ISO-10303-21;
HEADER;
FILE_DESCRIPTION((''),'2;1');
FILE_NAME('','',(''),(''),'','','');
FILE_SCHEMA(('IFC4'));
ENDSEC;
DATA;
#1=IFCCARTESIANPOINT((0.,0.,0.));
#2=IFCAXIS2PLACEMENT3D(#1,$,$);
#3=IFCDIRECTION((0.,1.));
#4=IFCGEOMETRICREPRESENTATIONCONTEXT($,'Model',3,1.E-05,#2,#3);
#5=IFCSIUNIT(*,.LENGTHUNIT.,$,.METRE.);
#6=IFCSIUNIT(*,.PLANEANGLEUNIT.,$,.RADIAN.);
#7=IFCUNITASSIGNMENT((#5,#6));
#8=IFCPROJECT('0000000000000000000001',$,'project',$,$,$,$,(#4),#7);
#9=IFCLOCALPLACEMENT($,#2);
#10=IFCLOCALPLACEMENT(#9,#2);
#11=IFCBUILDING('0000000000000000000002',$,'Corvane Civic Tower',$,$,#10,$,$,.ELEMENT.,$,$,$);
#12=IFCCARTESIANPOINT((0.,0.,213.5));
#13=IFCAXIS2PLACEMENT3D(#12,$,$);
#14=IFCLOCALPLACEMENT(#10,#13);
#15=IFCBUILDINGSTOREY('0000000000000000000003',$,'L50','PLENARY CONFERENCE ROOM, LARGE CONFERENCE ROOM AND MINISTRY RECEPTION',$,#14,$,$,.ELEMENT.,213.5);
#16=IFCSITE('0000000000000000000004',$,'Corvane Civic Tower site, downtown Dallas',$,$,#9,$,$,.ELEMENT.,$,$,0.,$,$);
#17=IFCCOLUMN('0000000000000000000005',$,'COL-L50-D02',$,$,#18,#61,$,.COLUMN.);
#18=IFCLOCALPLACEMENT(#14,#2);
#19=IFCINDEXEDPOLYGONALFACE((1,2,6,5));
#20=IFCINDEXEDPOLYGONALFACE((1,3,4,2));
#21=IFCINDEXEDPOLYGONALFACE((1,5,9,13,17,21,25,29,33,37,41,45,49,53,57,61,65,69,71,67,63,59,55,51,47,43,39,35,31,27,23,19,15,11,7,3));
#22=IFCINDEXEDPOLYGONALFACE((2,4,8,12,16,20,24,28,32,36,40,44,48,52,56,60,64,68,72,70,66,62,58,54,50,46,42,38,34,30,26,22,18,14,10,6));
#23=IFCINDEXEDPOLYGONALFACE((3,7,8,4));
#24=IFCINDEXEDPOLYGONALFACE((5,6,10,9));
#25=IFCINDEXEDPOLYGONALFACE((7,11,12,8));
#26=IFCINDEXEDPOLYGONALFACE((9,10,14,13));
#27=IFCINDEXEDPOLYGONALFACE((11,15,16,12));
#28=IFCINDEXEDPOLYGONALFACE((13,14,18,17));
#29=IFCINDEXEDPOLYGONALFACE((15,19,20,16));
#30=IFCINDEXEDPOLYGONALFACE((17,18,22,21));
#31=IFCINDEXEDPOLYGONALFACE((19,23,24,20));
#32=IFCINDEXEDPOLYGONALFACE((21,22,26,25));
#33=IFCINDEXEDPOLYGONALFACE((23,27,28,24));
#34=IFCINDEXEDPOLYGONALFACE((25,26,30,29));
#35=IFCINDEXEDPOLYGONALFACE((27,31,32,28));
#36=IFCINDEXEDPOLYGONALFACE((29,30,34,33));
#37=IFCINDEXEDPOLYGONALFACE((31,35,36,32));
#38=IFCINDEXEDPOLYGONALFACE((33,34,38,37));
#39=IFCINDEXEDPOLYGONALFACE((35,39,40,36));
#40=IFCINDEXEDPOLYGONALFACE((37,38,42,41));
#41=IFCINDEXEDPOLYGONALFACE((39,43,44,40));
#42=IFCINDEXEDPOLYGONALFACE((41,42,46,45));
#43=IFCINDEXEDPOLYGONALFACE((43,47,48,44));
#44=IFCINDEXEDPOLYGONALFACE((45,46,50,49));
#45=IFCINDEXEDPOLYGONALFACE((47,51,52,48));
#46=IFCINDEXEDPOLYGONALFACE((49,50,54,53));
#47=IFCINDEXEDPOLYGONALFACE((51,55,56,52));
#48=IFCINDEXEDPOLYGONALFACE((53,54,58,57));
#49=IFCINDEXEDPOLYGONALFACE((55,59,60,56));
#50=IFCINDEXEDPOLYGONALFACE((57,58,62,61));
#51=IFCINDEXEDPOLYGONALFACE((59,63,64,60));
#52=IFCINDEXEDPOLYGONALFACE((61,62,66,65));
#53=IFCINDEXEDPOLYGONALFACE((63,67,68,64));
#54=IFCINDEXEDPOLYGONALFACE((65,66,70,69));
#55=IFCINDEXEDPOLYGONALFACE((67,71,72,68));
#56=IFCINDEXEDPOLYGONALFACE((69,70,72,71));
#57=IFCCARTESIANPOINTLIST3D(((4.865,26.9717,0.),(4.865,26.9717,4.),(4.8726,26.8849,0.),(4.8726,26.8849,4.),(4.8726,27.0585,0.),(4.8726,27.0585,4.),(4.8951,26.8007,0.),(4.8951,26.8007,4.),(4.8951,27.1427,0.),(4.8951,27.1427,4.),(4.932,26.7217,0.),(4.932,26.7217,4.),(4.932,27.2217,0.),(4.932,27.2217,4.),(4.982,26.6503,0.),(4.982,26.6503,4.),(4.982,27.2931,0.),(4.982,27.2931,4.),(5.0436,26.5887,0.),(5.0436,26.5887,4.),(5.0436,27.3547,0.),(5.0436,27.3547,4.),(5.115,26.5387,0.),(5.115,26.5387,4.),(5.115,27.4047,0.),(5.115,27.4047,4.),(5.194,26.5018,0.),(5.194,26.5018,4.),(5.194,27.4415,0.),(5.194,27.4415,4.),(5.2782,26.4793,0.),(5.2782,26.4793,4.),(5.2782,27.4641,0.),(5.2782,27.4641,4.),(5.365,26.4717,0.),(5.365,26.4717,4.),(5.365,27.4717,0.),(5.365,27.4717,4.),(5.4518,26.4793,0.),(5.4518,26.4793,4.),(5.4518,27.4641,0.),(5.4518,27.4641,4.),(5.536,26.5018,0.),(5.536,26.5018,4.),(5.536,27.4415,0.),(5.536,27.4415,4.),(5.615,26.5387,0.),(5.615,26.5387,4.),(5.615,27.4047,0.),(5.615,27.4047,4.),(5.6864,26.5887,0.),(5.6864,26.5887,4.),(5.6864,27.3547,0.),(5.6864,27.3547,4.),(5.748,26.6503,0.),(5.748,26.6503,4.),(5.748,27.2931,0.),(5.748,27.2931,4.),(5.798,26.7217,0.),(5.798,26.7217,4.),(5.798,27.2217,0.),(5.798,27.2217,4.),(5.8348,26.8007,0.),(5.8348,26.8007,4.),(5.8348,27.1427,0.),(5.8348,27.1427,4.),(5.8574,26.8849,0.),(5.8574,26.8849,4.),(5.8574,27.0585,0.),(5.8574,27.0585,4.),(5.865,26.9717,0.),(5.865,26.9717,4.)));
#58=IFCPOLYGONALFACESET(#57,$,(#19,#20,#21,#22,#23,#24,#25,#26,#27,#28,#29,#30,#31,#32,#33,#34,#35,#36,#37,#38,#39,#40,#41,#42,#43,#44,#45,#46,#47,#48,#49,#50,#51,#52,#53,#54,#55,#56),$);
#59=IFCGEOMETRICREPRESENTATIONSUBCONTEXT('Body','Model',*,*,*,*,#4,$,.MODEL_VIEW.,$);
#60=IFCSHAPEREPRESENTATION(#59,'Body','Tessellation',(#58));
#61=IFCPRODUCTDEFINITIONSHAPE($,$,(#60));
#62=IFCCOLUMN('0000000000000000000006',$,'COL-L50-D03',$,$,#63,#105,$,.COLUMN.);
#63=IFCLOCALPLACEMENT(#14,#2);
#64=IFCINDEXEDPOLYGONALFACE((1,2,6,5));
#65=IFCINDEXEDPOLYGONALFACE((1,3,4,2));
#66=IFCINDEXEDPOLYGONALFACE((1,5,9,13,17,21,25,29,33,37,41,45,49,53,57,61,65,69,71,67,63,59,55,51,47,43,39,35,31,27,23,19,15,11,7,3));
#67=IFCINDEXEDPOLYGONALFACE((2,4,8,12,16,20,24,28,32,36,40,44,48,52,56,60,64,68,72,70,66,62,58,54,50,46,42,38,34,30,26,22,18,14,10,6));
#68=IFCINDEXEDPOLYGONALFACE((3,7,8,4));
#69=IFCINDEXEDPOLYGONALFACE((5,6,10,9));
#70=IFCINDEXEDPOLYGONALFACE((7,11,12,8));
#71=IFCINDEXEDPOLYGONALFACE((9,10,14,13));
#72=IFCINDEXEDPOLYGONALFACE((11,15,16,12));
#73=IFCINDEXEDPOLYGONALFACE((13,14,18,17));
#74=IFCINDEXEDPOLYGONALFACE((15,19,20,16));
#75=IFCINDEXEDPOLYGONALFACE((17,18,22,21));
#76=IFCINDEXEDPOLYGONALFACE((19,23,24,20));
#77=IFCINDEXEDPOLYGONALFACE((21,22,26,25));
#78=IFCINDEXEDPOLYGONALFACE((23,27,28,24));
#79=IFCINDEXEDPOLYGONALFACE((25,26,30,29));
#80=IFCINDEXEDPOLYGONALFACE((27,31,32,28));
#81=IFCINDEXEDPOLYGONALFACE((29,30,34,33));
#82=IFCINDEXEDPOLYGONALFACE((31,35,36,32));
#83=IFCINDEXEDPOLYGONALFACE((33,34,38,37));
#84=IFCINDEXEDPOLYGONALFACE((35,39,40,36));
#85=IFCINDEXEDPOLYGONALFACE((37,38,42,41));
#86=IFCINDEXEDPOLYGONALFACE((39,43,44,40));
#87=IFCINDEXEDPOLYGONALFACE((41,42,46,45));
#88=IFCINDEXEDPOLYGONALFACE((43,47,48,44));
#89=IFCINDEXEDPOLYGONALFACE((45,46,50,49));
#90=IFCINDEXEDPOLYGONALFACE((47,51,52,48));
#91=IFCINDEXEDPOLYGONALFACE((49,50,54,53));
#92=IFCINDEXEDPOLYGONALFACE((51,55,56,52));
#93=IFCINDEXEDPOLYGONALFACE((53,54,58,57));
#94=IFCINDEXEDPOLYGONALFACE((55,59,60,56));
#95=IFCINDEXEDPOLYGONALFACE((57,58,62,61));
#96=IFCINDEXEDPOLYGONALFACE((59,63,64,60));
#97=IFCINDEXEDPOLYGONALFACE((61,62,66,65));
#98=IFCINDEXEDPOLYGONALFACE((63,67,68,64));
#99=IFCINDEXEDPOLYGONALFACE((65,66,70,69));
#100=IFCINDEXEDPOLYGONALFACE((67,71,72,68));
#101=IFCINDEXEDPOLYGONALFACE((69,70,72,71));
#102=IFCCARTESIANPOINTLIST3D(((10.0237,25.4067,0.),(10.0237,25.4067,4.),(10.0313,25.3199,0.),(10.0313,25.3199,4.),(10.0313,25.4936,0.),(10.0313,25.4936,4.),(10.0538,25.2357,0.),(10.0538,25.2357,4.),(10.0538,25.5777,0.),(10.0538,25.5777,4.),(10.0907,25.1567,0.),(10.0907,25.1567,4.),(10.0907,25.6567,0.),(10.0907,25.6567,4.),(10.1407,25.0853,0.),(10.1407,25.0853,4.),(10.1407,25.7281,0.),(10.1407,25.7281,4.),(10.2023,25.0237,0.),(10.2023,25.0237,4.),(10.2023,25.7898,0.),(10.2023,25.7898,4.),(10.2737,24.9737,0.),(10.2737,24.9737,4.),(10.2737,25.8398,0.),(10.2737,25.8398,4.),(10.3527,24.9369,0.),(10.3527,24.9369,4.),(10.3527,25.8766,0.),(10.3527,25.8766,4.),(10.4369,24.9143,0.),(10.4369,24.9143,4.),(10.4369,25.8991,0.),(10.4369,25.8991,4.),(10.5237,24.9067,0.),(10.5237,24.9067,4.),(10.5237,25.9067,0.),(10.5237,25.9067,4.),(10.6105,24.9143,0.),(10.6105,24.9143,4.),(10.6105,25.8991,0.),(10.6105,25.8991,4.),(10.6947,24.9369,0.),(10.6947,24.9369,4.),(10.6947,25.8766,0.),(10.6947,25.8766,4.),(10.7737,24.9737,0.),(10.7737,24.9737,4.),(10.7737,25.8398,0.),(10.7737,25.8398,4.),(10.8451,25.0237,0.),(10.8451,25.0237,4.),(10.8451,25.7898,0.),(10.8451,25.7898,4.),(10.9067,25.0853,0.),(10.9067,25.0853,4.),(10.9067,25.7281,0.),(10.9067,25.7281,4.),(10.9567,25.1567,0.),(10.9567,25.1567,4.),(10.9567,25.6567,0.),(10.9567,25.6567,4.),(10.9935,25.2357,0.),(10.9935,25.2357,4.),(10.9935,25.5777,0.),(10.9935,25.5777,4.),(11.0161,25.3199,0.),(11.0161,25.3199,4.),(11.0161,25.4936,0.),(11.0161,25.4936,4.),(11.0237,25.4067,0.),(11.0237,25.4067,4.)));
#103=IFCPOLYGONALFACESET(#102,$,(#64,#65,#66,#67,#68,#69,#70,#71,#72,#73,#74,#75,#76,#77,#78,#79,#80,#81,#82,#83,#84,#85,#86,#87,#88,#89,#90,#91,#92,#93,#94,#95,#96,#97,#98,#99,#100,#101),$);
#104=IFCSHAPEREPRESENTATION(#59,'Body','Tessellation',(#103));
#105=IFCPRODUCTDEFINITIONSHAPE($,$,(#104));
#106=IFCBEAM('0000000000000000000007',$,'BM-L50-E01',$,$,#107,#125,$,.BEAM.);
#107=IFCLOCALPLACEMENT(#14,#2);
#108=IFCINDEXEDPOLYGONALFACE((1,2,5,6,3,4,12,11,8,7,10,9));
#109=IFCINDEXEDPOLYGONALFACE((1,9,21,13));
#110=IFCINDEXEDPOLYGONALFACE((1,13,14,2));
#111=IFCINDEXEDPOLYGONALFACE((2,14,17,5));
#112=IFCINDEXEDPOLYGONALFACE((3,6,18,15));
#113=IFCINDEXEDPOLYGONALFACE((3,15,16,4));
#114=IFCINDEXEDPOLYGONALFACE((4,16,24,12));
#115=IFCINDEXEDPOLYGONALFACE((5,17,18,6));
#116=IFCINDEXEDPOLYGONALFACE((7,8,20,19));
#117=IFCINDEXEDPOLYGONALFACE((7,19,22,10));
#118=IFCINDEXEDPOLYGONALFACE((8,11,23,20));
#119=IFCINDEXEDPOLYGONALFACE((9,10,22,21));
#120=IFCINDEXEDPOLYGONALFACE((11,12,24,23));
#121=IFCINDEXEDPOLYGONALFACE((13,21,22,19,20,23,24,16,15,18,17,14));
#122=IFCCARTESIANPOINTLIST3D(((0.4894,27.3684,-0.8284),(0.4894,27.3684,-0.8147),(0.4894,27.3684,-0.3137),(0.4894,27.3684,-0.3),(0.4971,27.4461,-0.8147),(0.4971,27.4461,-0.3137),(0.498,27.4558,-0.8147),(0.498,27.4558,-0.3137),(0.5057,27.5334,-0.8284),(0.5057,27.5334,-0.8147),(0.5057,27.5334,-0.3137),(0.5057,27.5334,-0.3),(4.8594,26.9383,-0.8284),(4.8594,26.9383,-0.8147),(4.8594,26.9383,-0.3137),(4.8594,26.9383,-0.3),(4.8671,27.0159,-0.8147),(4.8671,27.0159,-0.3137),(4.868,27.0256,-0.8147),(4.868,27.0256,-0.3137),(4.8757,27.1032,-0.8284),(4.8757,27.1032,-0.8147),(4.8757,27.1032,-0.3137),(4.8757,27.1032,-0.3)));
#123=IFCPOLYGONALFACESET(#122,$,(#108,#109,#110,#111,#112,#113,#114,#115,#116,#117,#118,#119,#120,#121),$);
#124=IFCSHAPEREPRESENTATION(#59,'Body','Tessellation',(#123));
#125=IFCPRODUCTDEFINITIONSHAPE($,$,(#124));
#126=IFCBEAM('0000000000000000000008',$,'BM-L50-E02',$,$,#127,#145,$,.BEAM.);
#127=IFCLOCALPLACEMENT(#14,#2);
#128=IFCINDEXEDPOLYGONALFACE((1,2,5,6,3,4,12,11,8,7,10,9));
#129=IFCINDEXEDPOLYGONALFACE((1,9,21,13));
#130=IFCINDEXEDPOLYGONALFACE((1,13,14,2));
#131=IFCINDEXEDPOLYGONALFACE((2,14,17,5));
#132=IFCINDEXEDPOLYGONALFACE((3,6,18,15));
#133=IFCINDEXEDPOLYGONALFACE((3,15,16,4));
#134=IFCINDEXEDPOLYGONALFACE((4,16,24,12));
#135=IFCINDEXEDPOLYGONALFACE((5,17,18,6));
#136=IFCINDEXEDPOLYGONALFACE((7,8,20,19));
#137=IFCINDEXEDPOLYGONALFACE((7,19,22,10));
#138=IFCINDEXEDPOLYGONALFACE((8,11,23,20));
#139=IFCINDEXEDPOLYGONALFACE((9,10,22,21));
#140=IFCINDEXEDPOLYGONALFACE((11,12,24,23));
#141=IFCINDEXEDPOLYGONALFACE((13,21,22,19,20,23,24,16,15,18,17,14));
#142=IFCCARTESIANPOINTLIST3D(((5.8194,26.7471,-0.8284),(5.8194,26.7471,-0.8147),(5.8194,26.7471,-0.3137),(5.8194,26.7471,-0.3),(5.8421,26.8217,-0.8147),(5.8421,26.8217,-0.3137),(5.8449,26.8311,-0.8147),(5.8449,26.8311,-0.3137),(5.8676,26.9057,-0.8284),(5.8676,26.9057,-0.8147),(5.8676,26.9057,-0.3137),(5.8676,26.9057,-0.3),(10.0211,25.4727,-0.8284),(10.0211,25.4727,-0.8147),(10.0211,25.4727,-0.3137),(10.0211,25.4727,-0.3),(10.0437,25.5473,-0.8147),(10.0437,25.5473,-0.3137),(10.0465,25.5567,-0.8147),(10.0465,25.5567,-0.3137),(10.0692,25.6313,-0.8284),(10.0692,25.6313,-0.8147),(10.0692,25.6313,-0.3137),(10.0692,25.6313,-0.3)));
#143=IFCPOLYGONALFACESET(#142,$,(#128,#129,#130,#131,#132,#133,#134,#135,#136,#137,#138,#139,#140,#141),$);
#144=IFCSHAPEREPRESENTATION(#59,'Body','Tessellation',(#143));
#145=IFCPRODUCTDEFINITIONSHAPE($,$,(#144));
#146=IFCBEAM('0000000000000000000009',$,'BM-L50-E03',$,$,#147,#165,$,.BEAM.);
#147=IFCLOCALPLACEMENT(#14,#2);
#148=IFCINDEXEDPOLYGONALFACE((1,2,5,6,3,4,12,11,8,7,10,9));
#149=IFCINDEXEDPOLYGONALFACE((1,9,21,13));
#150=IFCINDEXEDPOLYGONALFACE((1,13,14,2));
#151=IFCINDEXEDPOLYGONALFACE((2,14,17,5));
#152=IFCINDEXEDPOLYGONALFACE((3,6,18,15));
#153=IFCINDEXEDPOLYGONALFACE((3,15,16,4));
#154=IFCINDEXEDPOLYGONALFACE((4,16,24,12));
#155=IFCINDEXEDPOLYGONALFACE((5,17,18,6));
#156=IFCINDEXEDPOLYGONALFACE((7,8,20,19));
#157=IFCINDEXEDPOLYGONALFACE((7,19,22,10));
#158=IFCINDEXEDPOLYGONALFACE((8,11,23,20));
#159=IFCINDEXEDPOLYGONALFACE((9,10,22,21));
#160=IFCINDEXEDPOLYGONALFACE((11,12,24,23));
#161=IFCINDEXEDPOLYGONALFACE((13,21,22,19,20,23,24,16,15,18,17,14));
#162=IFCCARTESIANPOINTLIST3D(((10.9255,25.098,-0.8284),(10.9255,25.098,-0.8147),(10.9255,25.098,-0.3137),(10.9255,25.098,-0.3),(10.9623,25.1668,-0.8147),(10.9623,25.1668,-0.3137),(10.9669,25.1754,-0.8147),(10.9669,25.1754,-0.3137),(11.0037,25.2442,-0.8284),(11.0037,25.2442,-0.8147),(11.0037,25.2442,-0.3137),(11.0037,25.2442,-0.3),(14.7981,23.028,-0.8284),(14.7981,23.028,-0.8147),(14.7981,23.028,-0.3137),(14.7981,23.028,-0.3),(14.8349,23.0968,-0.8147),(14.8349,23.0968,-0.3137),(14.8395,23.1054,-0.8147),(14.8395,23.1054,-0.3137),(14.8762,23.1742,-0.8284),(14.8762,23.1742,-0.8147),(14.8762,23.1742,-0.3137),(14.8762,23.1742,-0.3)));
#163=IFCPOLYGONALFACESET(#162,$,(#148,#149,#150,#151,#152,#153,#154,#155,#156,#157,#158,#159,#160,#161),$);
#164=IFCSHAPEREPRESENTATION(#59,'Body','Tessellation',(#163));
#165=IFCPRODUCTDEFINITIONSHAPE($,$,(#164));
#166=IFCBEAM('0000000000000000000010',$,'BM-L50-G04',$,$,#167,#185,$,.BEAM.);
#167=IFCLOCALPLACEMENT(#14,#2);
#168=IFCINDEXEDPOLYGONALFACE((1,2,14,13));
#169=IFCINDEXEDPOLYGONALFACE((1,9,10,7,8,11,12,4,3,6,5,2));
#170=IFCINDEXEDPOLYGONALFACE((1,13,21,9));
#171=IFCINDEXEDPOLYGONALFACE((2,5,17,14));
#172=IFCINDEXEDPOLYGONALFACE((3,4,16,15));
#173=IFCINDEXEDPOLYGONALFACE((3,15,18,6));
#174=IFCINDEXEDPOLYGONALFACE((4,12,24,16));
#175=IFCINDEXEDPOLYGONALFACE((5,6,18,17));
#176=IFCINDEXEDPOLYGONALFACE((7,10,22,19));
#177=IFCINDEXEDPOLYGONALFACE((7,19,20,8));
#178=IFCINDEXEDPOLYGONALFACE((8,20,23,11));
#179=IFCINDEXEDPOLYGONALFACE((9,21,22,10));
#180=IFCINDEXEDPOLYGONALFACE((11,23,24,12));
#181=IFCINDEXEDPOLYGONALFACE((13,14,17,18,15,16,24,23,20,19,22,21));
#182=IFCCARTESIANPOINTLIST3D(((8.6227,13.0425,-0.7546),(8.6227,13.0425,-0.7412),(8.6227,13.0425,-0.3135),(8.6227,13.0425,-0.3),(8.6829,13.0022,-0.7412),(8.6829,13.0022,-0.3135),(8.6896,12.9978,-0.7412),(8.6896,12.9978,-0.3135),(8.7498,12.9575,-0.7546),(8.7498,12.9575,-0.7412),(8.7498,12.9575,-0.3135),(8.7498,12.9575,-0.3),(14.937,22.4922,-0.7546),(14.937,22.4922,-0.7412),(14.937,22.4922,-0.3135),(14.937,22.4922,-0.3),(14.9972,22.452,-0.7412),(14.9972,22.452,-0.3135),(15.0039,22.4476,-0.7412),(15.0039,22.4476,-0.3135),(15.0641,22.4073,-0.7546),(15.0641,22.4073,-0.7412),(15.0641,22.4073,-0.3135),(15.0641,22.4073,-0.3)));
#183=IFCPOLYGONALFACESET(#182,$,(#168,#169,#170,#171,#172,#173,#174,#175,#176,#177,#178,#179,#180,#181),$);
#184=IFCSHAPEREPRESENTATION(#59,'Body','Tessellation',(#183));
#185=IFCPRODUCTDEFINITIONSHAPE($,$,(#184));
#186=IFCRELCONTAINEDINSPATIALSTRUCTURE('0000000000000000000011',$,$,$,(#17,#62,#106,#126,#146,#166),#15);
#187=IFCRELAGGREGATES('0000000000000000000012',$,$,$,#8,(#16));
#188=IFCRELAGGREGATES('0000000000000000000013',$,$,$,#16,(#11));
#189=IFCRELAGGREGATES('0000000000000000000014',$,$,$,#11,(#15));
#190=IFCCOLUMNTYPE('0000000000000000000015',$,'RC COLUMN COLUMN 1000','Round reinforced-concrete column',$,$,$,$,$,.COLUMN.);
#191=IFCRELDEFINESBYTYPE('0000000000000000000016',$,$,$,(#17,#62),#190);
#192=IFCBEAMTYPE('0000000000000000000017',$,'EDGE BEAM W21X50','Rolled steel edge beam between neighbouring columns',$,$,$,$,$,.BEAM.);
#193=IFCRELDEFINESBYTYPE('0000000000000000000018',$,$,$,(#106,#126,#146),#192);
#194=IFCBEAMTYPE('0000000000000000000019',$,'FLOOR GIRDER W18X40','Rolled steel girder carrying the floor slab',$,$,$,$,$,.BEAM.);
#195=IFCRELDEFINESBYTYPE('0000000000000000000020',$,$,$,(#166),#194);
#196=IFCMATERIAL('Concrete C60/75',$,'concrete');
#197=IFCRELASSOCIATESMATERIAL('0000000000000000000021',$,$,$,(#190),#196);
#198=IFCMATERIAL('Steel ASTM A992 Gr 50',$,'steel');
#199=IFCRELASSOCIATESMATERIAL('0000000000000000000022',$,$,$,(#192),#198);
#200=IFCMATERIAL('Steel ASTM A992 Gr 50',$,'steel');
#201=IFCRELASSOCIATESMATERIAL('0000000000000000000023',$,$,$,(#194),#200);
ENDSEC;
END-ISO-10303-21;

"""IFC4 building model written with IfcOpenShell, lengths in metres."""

from ifc_helpers import new_model, si_unit, direction, frame, origin, origin_2d, place, context, subcontext, project, spatial, circle, i_section, extrude, material, material_profile, profile_set, type_object, element, save


model = new_model("IFC4")

# Units and contexts
model_context = context("Model", 3, precision=1e-05, world=origin(), true_north=direction((0.0, 1.0)))
body_context = subcontext(model_context, "Body", "Model", "MODEL_VIEW")
ifc_project = project(units=[si_unit("LENGTHUNIT", "METRE"), si_unit("PLANEANGLEUNIT", "RADIAN")], contexts=[model_context])

# Site, building, storey
site_placement = place(None, origin())
site = spatial("IfcSite", under=ifc_project, at=site_placement, Name="Corvane Civic Tower site, downtown Dallas", CompositionType="ELEMENT", RefElevation=0.0)
building_placement = place(site_placement, origin())
building = spatial("IfcBuilding", under=site, at=building_placement, Name="Corvane Civic Tower", CompositionType="ELEMENT")
storey_placement = place(building_placement, frame((0.0, 0.0, 213.5)))
storey = spatial("IfcBuildingStorey", under=building, at=storey_placement, Name="L50", Description="PLENARY CONFERENCE ROOM, LARGE CONFERENCE ROOM AND MINISTRY RECEPTION", CompositionType="ELEMENT", Elevation=213.5)

# Columns
ifc_material_1 = material(Name="Concrete C60/75", Category="concrete")
ifc_material_profile_1 = material_profile(ifc_material_1, circle(Radius=0.5, at=origin_2d()), Name="COLUMN 1000")
ifc_profile_set_1 = profile_set([ifc_material_profile_1], Name="Concrete C60/75")
column_type = type_object("IfcColumnType", Name="RC COLUMN COLUMN 1000", Description="Round reinforced-concrete column", PredefinedType="COLUMN", material=ifc_profile_set_1)
for number, where, z_axis, x_axis, name in (
    (1, (5.365, 26.9717, 0.0), (0.0, 0.0, 1.0), (1.0, 0.0, 0.0), "COL-L50-D02"),
    (2, (10.5237, 25.4067, 0.0), (0.0, 0.0, 1.0), (1.0, 0.0, 0.0), "COL-L50-D03"),
):
    element("IfcColumn", number, at=place(storey_placement, frame(where, z_axis=z_axis, x_axis=x_axis)), inside=storey, type_object=column_type, Name=name, PredefinedType="COLUMN", context=body_context, shape_type="SweptSolid", body=[
        extrude(circle(Radius=0.5, at=origin_2d()), origin(), (0.0, 0.0, 1.0), 4.0),
    ])

# Beams
ifc_material_2 = material(Name="Steel ASTM A992 Gr 50", Category="steel")
ifc_material_profile_2 = material_profile(ifc_material_2, i_section(OverallWidth=0.1658, OverallDepth=0.5283, WebThickness=0.0098, FlangeThickness=0.0137, at=origin_2d()), Name="W21X50")
ifc_profile_set_2 = profile_set([ifc_material_profile_2], Name="Steel ASTM A992 Gr 50")
beam_type_1 = type_object("IfcBeamType", Name="EDGE BEAM W21X50", Description="Rolled steel edge beam between neighbouring columns", PredefinedType="BEAM", material=ifc_profile_set_2)
beam_1_placement = place(storey_placement, frame((0.4976, 27.4509, -0.5642), z_axis=(0.99519, -0.097968, 0.0), x_axis=(0.097968, 0.99519, 0.0)))
element("IfcBeam", 3, at=beam_1_placement, inside=storey, type_object=beam_type_1, Name="BM-L50-E01", PredefinedType="BEAM", context=body_context, shape_type="SweptSolid", body=[
    extrude(i_section(OverallWidth=0.1658, OverallDepth=0.5283, WebThickness=0.0098, FlangeThickness=0.0137, at=origin_2d()), origin(), (0.0, 0.0, 1.0), 4.3911),
])
beam_2_placement = place(storey_placement, frame((5.8435, 26.8264, -0.5642), z_axis=(0.95695, -0.290254, 0.0), x_axis=(0.290254, 0.95695, 0.0)))
element("IfcBeam", 4, at=beam_2_placement, inside=storey, type_object=beam_type_1, Name="BM-L50-E02", PredefinedType="BEAM", context=body_context, shape_type="SweptSolid", body=[
    extrude(i_section(OverallWidth=0.1658, OverallDepth=0.5283, WebThickness=0.0098, FlangeThickness=0.0137, at=origin_2d()), origin(), (0.0, 0.0, 1.0), 4.3906),
])
beam_3_placement = place(storey_placement, frame((10.9646, 25.1711, -0.5642), z_axis=(0.881908, -0.471422, 0.0), x_axis=(0.471422, 0.881908, 0.0)))
element("IfcBeam", 5, at=beam_3_placement, inside=storey, type_object=beam_type_1, Name="BM-L50-E03", PredefinedType="BEAM", context=body_context, shape_type="SweptSolid", body=[
    extrude(i_section(OverallWidth=0.1658, OverallDepth=0.5283, WebThickness=0.0098, FlangeThickness=0.0137, at=origin_2d()), origin(), (0.0, 0.0, 1.0), 4.3911),
])
ifc_material_3 = material(Name="Steel ASTM A992 Gr 50", Category="steel")
ifc_material_profile_3 = material_profile(ifc_material_3, i_section(OverallWidth=0.1528, OverallDepth=0.4546, WebThickness=0.0081, FlangeThickness=0.0134, at=origin_2d()), Name="W18X40")
ifc_profile_set_3 = profile_set([ifc_material_profile_3], Name="Steel ASTM A992 Gr 50")
beam_type_2 = type_object("IfcBeamType", Name="FLOOR GIRDER W18X40", Description="Rolled steel girder carrying the floor slab", PredefinedType="BEAM", material=ifc_profile_set_3)
beam_4_placement = place(storey_placement, frame((8.6863, 13.0, -0.5273), z_axis=(0.555577, 0.831465, 0.0), x_axis=(-0.831465, 0.555577, 0.0)))
element("IfcBeam", 6, at=beam_4_placement, inside=storey, type_object=beam_type_2, Name="BM-L50-G04", PredefinedType="BEAM", context=body_context, shape_type="SweptSolid", body=[
    extrude(i_section(OverallWidth=0.1528, OverallDepth=0.4546, WebThickness=0.0081, FlangeThickness=0.0134, at=origin_2d()), origin(), (0.0, 0.0, 1.0), 11.3652),
])

save(model, "model.ifc")
